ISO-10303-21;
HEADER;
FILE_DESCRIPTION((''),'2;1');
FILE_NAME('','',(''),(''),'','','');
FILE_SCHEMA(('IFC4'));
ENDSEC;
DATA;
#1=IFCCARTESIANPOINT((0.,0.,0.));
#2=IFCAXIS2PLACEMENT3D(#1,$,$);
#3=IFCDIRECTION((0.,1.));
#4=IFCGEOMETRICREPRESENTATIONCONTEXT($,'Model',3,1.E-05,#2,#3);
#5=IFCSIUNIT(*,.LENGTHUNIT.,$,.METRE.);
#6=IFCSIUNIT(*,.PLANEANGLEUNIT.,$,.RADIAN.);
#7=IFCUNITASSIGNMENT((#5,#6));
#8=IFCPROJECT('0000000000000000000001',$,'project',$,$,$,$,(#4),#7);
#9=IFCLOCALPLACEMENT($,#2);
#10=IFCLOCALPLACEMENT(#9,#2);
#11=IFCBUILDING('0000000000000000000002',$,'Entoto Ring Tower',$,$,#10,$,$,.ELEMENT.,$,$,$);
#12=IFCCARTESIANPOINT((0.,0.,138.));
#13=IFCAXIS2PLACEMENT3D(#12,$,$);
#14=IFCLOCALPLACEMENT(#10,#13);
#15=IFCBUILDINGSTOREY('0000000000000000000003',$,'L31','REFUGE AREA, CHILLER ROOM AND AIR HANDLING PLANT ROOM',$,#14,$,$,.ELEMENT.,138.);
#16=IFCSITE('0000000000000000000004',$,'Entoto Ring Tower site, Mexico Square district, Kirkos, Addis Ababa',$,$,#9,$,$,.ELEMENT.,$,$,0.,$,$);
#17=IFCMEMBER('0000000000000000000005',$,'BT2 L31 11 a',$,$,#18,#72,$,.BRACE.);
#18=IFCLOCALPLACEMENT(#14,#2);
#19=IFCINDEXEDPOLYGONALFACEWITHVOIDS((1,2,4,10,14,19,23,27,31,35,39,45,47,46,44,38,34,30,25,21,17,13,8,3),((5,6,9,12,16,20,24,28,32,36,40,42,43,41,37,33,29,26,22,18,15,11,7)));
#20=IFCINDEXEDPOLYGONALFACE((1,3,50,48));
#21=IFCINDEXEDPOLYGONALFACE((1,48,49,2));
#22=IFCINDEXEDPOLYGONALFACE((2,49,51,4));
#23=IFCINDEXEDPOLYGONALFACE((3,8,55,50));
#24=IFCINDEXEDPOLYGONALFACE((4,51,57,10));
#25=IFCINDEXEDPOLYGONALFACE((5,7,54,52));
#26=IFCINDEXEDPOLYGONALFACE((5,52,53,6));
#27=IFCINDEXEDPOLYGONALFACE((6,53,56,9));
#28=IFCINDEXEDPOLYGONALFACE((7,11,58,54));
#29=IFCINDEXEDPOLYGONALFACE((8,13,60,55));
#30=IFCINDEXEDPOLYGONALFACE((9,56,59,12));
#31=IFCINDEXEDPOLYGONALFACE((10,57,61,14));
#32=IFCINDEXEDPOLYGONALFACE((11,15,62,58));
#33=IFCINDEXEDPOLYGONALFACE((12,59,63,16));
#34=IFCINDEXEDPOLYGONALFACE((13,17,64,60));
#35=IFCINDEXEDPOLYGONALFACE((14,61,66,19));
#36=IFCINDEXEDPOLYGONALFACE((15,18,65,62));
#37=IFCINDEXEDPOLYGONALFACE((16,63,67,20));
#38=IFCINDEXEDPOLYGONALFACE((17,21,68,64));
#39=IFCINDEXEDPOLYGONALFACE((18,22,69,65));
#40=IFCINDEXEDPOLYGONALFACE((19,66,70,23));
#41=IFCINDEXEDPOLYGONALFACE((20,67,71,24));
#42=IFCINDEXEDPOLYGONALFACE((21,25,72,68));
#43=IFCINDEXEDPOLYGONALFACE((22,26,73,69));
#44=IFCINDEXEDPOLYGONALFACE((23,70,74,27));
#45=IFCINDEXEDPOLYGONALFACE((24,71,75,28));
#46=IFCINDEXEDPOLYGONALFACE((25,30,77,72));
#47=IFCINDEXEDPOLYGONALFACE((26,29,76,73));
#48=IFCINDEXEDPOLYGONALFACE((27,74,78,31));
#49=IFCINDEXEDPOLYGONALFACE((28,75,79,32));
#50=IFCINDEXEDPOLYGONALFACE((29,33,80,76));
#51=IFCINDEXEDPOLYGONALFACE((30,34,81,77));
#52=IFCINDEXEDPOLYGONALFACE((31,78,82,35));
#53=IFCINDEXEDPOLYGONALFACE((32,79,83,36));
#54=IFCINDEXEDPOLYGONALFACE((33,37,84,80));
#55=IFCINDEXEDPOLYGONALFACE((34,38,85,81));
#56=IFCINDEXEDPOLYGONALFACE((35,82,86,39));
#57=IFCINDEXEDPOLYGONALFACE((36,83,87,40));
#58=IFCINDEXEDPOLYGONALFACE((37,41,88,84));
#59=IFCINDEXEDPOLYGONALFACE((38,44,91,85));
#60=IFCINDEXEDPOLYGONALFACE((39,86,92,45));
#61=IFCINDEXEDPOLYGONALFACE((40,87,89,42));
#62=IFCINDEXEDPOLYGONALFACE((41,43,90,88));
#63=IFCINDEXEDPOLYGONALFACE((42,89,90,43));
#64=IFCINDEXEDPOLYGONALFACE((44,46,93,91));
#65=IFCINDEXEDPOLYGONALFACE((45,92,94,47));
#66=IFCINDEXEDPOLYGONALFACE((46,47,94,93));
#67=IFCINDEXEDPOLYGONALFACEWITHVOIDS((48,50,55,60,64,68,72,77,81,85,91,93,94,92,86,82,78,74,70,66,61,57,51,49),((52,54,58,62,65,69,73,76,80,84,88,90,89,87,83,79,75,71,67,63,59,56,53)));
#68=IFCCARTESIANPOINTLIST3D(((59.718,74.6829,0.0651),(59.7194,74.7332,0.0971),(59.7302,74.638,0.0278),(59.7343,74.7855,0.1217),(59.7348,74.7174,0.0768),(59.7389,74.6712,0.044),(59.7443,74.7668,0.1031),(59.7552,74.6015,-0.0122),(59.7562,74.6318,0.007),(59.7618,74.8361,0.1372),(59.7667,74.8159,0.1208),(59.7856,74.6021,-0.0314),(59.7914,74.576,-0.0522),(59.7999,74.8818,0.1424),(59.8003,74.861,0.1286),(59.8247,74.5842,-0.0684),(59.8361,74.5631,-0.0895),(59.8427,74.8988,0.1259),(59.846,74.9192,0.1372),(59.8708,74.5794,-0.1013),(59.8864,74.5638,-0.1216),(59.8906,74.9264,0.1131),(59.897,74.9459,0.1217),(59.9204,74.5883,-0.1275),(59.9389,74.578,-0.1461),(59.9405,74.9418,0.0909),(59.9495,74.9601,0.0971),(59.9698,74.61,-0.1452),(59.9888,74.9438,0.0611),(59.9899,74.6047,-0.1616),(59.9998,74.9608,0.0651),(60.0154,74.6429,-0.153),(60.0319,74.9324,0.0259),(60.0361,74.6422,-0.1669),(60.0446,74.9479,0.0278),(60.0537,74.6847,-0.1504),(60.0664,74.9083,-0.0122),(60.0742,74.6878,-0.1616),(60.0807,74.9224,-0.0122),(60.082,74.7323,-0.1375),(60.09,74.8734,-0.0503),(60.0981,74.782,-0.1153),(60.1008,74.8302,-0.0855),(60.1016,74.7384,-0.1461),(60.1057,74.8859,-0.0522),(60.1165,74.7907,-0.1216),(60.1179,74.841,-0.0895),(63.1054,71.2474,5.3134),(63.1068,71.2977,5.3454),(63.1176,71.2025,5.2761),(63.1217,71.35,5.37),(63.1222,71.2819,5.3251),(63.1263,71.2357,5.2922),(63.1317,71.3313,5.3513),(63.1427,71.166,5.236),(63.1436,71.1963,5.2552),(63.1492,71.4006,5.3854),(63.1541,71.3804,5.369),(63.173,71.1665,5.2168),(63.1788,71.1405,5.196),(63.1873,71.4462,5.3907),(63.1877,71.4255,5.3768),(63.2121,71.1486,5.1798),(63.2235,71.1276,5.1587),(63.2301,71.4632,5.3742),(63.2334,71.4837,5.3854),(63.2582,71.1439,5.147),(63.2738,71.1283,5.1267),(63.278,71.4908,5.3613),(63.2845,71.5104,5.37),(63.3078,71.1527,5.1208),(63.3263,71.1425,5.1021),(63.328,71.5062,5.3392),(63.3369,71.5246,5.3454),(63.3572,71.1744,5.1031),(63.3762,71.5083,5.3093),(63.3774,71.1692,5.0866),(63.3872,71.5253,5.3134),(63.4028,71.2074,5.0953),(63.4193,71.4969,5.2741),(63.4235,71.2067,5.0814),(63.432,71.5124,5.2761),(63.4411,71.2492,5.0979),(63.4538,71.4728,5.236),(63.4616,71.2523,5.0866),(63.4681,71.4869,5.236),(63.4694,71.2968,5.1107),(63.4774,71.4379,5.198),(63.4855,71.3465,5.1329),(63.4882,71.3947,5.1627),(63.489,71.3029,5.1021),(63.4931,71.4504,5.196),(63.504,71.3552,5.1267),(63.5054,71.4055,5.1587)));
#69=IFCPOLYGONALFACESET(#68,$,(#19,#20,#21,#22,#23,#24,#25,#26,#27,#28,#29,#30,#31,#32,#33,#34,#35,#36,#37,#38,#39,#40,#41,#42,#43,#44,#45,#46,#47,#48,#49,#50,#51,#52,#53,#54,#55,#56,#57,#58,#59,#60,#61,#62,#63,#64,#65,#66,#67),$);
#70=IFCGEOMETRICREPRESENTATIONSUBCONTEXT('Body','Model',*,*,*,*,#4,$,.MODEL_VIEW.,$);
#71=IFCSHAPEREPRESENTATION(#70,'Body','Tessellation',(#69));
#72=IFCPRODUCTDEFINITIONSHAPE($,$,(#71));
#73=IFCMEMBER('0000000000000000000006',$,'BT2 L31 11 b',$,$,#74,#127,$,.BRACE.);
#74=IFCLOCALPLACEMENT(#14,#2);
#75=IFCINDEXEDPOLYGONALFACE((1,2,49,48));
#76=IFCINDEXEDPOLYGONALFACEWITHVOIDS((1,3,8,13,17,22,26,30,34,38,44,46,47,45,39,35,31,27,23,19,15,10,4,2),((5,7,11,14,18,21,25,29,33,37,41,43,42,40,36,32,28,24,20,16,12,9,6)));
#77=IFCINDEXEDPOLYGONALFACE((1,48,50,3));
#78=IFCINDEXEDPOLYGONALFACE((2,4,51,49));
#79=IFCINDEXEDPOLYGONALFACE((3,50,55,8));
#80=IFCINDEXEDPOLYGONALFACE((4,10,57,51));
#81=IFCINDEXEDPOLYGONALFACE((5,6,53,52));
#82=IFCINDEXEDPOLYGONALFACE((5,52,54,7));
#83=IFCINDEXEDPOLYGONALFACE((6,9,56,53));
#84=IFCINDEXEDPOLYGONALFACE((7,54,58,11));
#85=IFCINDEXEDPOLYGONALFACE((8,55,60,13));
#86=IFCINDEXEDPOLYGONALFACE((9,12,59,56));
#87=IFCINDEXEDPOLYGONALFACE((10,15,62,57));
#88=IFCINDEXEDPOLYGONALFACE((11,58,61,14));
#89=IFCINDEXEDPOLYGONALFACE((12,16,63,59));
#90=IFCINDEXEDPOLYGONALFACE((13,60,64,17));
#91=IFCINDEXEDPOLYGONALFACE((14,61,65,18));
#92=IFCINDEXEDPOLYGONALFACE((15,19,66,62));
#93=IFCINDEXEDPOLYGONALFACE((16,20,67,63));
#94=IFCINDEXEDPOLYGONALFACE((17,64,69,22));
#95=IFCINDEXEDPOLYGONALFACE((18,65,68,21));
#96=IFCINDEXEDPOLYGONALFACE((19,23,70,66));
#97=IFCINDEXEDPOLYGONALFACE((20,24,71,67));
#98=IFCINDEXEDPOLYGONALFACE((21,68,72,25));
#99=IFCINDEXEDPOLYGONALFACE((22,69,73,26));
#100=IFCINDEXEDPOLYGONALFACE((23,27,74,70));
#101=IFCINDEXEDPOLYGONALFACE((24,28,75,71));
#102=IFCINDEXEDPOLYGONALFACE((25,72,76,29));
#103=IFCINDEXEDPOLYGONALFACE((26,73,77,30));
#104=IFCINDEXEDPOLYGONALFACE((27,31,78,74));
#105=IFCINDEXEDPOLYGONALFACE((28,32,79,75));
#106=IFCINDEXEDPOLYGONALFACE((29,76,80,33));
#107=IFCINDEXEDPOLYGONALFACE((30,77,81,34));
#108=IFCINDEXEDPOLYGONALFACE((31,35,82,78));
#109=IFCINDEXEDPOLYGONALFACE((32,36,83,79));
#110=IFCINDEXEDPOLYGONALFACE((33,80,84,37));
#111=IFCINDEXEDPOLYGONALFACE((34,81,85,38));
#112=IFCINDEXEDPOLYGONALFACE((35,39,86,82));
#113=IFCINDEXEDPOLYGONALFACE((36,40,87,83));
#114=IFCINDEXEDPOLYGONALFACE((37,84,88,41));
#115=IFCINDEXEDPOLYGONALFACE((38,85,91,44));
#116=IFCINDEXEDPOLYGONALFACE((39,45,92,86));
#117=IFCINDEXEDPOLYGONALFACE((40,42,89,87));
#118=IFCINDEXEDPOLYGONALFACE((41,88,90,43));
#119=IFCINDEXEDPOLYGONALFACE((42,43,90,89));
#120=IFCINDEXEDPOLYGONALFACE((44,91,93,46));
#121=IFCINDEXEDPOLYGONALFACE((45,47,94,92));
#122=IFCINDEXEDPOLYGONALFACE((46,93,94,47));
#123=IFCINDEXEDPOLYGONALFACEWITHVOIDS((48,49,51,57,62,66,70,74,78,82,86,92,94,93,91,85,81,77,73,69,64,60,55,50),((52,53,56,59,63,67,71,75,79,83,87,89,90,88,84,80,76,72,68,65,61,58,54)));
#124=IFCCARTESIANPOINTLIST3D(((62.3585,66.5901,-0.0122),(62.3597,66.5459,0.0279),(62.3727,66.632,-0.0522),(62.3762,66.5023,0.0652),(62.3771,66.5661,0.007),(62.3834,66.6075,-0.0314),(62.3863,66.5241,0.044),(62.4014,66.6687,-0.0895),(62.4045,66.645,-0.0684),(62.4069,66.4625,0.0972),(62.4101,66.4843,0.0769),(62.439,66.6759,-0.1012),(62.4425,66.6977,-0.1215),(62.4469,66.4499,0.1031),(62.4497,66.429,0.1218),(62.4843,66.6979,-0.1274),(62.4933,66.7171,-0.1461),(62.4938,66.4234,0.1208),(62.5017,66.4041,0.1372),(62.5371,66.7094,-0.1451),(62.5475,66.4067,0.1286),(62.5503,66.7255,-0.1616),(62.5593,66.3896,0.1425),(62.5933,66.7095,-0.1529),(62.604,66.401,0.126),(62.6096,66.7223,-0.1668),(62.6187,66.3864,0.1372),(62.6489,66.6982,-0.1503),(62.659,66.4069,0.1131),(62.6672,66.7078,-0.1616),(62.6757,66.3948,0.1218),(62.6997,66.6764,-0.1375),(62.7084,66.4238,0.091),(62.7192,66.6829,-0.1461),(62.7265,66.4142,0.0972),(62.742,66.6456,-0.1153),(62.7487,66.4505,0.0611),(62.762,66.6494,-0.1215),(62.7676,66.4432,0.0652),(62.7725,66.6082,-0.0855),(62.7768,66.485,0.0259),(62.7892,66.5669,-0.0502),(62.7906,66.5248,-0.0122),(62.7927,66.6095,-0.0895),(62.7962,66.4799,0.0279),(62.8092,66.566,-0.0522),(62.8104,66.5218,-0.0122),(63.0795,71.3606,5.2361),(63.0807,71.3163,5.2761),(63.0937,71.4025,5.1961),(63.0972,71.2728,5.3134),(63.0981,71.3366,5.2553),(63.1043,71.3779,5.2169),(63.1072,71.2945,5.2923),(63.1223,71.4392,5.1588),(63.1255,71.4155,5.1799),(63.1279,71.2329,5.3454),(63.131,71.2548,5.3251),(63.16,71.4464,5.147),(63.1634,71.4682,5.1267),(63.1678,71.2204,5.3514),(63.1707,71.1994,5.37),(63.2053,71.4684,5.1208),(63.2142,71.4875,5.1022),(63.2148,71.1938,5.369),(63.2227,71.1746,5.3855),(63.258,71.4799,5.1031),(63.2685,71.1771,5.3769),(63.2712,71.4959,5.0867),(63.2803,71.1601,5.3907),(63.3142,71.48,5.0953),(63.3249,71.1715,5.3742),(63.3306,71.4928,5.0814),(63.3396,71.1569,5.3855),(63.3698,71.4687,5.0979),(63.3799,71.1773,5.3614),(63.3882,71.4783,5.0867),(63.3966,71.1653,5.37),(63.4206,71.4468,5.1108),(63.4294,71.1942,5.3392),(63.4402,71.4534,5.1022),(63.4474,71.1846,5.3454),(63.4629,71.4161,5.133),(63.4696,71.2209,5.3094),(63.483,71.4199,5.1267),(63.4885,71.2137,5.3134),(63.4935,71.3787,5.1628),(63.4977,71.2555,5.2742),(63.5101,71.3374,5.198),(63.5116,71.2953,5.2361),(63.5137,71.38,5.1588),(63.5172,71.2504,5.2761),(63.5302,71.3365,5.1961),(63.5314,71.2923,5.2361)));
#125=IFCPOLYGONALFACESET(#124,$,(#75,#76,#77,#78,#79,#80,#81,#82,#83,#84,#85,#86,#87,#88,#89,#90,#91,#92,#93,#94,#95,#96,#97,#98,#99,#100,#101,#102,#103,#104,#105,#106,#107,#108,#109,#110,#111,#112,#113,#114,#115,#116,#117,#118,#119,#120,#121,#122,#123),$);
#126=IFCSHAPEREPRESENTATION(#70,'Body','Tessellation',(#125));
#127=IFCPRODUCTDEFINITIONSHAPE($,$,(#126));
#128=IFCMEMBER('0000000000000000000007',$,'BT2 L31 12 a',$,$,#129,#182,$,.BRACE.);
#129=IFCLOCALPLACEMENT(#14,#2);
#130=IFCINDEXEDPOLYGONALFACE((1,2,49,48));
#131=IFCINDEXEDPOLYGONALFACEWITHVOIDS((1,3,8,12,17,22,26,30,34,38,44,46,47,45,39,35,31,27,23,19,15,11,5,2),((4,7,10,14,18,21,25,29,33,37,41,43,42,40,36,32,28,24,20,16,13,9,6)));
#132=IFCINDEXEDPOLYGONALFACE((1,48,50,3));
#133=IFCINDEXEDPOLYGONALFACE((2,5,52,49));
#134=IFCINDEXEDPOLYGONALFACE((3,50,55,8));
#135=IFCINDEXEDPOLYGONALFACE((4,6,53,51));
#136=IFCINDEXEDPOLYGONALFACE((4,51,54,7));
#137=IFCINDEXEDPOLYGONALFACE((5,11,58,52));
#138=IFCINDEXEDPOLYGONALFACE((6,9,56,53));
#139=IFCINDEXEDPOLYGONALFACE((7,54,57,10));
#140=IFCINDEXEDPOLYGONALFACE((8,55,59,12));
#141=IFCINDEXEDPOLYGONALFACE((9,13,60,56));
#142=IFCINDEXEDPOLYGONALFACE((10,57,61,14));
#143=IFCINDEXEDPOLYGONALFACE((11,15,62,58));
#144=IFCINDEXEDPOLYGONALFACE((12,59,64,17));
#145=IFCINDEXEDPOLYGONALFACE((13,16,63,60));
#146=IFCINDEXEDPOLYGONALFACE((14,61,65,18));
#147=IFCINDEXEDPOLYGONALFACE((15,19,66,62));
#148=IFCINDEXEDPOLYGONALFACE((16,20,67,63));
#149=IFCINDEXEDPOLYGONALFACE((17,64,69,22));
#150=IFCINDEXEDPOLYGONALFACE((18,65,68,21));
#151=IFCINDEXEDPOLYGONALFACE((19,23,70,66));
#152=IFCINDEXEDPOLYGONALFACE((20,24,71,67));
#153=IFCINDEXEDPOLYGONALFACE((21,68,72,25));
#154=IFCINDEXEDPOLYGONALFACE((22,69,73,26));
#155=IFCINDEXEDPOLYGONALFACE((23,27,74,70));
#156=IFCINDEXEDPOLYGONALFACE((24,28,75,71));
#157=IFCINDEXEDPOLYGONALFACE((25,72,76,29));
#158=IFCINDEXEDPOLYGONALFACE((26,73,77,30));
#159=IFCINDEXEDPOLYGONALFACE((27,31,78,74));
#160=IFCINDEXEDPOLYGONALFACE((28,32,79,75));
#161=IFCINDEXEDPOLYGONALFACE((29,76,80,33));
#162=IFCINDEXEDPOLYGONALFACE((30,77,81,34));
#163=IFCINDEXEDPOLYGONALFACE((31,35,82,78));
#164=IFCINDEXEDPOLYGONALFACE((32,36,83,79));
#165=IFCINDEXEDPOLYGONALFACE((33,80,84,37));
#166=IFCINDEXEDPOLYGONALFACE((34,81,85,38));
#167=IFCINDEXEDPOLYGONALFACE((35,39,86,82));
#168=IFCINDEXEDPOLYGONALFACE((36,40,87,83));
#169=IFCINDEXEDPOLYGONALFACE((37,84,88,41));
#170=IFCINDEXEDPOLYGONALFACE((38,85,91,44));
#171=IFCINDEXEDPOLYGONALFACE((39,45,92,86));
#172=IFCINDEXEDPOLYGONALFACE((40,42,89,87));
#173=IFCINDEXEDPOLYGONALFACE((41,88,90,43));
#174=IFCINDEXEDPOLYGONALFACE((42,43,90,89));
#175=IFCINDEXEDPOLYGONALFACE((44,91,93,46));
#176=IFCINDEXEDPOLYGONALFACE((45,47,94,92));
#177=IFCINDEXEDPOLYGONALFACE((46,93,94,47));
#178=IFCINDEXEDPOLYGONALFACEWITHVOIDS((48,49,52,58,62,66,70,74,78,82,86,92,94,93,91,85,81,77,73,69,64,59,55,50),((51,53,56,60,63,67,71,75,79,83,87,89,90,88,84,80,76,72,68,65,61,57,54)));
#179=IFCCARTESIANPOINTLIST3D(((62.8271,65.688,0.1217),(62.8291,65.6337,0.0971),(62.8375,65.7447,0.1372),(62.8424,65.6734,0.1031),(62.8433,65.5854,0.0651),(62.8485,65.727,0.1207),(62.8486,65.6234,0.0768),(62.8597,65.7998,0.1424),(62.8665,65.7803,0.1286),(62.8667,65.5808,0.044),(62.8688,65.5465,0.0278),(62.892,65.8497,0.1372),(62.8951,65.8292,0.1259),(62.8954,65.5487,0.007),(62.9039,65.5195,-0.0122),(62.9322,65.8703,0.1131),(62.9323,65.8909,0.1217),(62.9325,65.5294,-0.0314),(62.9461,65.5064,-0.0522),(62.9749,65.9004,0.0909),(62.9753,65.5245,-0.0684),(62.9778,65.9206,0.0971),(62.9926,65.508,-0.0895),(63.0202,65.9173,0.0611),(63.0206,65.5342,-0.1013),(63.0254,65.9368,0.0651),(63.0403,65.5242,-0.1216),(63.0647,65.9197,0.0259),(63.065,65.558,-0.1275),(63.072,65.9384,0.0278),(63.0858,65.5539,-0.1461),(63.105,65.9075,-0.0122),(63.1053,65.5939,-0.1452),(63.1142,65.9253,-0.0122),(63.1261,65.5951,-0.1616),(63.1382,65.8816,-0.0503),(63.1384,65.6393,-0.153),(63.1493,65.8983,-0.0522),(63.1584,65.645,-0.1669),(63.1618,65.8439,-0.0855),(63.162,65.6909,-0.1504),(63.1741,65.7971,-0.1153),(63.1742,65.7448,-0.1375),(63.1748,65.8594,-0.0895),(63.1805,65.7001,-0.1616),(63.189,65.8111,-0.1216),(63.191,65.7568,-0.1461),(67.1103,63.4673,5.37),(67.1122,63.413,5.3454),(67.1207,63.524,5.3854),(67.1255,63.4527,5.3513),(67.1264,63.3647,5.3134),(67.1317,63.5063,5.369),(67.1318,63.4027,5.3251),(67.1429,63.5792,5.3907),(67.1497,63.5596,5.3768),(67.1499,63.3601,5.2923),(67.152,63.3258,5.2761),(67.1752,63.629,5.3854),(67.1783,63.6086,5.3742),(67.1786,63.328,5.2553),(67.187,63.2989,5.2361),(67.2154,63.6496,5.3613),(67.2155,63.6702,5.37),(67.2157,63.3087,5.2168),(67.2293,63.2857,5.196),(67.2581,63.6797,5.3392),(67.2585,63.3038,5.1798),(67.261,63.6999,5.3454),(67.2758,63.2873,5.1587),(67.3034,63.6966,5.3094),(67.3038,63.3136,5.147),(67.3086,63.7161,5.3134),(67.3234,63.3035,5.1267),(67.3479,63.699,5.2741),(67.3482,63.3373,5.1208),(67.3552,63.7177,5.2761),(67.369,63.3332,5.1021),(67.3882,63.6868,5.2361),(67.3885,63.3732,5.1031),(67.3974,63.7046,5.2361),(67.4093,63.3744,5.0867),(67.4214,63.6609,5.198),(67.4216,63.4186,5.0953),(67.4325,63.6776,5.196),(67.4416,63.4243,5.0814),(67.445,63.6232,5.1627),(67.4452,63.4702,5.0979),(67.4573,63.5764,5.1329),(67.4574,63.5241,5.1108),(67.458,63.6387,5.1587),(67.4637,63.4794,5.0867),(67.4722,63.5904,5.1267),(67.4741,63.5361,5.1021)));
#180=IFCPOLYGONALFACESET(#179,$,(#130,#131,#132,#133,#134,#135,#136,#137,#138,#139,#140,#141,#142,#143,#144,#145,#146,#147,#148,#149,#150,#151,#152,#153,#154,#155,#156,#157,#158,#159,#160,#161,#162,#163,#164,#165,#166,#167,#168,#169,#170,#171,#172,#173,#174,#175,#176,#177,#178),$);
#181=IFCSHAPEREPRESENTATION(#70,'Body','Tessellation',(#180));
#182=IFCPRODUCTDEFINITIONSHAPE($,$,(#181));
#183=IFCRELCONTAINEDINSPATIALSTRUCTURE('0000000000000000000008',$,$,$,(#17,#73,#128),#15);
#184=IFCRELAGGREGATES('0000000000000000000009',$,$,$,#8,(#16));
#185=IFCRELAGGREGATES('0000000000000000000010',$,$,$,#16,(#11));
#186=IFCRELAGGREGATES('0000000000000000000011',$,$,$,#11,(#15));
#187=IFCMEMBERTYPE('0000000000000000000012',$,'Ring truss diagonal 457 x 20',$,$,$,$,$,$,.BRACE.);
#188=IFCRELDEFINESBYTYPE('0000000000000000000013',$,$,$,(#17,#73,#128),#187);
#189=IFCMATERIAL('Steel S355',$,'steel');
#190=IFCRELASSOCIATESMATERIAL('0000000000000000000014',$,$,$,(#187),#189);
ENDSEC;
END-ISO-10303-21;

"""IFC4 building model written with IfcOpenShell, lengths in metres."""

from ifc_helpers import new_model, si_unit, direction, frame, origin, origin_2d, place, context, subcontext, project, spatial, circle, hollow_circle, extrude, material, material_profile, profile_set, type_object, element, save


model = new_model("IFC4")

# Units and contexts
model_context = context("Model", 3, precision=1e-05, world=origin(), true_north=direction((0.0, 1.0)))
body_context = subcontext(model_context, "Body", "Model", "MODEL_VIEW")
ifc_project = project(units=[si_unit("LENGTHUNIT", "METRE"), si_unit("PLANEANGLEUNIT", "RADIAN")], contexts=[model_context])

# Site, building, storey
site_placement = place(None, origin())
site = spatial("IfcSite", under=ifc_project, at=site_placement, Name="Entoto Ring Tower site, Mexico Square district, Kirkos, Addis Ababa", CompositionType="ELEMENT", RefElevation=0.0)
building_placement = place(site_placement, origin())
building = spatial("IfcBuilding", under=site, at=building_placement, Name="Entoto Ring Tower", CompositionType="ELEMENT")
storey_placement = place(building_placement, frame((0.0, 0.0, 138.0)))
storey = spatial("IfcBuildingStorey", under=building, at=storey_placement, Name="L31", Description="REFUGE AREA, CHILLER ROOM AND AIR HANDLING PLANT ROOM", CompositionType="ELEMENT", Elevation=138.0)

# Members
ifc_material_1 = material(Name="Steel S355", Category="steel")
ifc_material_profile_1 = material_profile(ifc_material_1, hollow_circle(Radius=0.2285, WallThickness=0.02, at=origin_2d()), Name="CHS 457 x 20")
ifc_material_2 = material(Name="Concrete C60/75", Category="concrete")
ifc_material_profile_2 = material_profile(ifc_material_2, circle(Radius=0.2085, at=origin_2d()), Name="Concrete C60/75 infill")
ifc_profile_set_1 = profile_set([ifc_material_profile_1, ifc_material_profile_2], Name="Steel S355")
member_type_1 = type_object("IfcMemberType", Name="Ring truss diagonal 457 x 20", PredefinedType="BRACE", material=ifc_profile_set_1)
for number, where, z_axis, x_axis, name in (
    (1, (59.918, 74.762, -0.0122), (0.475166, -0.481913, 0.736191), (0.712074, 0.702105, 0.0), "BT2 L31 11 a"),
    (2, (63.3054, 71.3264, 5.2361), (-0.101129, -0.669173, -0.736193), (0.988772, -0.149429, 0.0), "BT2 L31 11 b"),
    (3, (63.009, 65.7224, -0.0122), (0.600818, -0.311505, 0.736194), (0.460282, 0.887773, 0.0), "BT2 L31 12 a"),
):
    element("IfcMember", number, at=place(storey_placement, frame(where, z_axis=z_axis, x_axis=x_axis)), inside=storey, type_object=member_type_1, Name=name, PredefinedType="BRACE", context=body_context, shape_type="SweptSolid", body=[
        extrude(hollow_circle(Radius=0.2285, WallThickness=0.02, at=origin_2d()), origin(), (0.0, 0.0, 1.0), 7.1289),
    ])

save(model, "model.ifc")
